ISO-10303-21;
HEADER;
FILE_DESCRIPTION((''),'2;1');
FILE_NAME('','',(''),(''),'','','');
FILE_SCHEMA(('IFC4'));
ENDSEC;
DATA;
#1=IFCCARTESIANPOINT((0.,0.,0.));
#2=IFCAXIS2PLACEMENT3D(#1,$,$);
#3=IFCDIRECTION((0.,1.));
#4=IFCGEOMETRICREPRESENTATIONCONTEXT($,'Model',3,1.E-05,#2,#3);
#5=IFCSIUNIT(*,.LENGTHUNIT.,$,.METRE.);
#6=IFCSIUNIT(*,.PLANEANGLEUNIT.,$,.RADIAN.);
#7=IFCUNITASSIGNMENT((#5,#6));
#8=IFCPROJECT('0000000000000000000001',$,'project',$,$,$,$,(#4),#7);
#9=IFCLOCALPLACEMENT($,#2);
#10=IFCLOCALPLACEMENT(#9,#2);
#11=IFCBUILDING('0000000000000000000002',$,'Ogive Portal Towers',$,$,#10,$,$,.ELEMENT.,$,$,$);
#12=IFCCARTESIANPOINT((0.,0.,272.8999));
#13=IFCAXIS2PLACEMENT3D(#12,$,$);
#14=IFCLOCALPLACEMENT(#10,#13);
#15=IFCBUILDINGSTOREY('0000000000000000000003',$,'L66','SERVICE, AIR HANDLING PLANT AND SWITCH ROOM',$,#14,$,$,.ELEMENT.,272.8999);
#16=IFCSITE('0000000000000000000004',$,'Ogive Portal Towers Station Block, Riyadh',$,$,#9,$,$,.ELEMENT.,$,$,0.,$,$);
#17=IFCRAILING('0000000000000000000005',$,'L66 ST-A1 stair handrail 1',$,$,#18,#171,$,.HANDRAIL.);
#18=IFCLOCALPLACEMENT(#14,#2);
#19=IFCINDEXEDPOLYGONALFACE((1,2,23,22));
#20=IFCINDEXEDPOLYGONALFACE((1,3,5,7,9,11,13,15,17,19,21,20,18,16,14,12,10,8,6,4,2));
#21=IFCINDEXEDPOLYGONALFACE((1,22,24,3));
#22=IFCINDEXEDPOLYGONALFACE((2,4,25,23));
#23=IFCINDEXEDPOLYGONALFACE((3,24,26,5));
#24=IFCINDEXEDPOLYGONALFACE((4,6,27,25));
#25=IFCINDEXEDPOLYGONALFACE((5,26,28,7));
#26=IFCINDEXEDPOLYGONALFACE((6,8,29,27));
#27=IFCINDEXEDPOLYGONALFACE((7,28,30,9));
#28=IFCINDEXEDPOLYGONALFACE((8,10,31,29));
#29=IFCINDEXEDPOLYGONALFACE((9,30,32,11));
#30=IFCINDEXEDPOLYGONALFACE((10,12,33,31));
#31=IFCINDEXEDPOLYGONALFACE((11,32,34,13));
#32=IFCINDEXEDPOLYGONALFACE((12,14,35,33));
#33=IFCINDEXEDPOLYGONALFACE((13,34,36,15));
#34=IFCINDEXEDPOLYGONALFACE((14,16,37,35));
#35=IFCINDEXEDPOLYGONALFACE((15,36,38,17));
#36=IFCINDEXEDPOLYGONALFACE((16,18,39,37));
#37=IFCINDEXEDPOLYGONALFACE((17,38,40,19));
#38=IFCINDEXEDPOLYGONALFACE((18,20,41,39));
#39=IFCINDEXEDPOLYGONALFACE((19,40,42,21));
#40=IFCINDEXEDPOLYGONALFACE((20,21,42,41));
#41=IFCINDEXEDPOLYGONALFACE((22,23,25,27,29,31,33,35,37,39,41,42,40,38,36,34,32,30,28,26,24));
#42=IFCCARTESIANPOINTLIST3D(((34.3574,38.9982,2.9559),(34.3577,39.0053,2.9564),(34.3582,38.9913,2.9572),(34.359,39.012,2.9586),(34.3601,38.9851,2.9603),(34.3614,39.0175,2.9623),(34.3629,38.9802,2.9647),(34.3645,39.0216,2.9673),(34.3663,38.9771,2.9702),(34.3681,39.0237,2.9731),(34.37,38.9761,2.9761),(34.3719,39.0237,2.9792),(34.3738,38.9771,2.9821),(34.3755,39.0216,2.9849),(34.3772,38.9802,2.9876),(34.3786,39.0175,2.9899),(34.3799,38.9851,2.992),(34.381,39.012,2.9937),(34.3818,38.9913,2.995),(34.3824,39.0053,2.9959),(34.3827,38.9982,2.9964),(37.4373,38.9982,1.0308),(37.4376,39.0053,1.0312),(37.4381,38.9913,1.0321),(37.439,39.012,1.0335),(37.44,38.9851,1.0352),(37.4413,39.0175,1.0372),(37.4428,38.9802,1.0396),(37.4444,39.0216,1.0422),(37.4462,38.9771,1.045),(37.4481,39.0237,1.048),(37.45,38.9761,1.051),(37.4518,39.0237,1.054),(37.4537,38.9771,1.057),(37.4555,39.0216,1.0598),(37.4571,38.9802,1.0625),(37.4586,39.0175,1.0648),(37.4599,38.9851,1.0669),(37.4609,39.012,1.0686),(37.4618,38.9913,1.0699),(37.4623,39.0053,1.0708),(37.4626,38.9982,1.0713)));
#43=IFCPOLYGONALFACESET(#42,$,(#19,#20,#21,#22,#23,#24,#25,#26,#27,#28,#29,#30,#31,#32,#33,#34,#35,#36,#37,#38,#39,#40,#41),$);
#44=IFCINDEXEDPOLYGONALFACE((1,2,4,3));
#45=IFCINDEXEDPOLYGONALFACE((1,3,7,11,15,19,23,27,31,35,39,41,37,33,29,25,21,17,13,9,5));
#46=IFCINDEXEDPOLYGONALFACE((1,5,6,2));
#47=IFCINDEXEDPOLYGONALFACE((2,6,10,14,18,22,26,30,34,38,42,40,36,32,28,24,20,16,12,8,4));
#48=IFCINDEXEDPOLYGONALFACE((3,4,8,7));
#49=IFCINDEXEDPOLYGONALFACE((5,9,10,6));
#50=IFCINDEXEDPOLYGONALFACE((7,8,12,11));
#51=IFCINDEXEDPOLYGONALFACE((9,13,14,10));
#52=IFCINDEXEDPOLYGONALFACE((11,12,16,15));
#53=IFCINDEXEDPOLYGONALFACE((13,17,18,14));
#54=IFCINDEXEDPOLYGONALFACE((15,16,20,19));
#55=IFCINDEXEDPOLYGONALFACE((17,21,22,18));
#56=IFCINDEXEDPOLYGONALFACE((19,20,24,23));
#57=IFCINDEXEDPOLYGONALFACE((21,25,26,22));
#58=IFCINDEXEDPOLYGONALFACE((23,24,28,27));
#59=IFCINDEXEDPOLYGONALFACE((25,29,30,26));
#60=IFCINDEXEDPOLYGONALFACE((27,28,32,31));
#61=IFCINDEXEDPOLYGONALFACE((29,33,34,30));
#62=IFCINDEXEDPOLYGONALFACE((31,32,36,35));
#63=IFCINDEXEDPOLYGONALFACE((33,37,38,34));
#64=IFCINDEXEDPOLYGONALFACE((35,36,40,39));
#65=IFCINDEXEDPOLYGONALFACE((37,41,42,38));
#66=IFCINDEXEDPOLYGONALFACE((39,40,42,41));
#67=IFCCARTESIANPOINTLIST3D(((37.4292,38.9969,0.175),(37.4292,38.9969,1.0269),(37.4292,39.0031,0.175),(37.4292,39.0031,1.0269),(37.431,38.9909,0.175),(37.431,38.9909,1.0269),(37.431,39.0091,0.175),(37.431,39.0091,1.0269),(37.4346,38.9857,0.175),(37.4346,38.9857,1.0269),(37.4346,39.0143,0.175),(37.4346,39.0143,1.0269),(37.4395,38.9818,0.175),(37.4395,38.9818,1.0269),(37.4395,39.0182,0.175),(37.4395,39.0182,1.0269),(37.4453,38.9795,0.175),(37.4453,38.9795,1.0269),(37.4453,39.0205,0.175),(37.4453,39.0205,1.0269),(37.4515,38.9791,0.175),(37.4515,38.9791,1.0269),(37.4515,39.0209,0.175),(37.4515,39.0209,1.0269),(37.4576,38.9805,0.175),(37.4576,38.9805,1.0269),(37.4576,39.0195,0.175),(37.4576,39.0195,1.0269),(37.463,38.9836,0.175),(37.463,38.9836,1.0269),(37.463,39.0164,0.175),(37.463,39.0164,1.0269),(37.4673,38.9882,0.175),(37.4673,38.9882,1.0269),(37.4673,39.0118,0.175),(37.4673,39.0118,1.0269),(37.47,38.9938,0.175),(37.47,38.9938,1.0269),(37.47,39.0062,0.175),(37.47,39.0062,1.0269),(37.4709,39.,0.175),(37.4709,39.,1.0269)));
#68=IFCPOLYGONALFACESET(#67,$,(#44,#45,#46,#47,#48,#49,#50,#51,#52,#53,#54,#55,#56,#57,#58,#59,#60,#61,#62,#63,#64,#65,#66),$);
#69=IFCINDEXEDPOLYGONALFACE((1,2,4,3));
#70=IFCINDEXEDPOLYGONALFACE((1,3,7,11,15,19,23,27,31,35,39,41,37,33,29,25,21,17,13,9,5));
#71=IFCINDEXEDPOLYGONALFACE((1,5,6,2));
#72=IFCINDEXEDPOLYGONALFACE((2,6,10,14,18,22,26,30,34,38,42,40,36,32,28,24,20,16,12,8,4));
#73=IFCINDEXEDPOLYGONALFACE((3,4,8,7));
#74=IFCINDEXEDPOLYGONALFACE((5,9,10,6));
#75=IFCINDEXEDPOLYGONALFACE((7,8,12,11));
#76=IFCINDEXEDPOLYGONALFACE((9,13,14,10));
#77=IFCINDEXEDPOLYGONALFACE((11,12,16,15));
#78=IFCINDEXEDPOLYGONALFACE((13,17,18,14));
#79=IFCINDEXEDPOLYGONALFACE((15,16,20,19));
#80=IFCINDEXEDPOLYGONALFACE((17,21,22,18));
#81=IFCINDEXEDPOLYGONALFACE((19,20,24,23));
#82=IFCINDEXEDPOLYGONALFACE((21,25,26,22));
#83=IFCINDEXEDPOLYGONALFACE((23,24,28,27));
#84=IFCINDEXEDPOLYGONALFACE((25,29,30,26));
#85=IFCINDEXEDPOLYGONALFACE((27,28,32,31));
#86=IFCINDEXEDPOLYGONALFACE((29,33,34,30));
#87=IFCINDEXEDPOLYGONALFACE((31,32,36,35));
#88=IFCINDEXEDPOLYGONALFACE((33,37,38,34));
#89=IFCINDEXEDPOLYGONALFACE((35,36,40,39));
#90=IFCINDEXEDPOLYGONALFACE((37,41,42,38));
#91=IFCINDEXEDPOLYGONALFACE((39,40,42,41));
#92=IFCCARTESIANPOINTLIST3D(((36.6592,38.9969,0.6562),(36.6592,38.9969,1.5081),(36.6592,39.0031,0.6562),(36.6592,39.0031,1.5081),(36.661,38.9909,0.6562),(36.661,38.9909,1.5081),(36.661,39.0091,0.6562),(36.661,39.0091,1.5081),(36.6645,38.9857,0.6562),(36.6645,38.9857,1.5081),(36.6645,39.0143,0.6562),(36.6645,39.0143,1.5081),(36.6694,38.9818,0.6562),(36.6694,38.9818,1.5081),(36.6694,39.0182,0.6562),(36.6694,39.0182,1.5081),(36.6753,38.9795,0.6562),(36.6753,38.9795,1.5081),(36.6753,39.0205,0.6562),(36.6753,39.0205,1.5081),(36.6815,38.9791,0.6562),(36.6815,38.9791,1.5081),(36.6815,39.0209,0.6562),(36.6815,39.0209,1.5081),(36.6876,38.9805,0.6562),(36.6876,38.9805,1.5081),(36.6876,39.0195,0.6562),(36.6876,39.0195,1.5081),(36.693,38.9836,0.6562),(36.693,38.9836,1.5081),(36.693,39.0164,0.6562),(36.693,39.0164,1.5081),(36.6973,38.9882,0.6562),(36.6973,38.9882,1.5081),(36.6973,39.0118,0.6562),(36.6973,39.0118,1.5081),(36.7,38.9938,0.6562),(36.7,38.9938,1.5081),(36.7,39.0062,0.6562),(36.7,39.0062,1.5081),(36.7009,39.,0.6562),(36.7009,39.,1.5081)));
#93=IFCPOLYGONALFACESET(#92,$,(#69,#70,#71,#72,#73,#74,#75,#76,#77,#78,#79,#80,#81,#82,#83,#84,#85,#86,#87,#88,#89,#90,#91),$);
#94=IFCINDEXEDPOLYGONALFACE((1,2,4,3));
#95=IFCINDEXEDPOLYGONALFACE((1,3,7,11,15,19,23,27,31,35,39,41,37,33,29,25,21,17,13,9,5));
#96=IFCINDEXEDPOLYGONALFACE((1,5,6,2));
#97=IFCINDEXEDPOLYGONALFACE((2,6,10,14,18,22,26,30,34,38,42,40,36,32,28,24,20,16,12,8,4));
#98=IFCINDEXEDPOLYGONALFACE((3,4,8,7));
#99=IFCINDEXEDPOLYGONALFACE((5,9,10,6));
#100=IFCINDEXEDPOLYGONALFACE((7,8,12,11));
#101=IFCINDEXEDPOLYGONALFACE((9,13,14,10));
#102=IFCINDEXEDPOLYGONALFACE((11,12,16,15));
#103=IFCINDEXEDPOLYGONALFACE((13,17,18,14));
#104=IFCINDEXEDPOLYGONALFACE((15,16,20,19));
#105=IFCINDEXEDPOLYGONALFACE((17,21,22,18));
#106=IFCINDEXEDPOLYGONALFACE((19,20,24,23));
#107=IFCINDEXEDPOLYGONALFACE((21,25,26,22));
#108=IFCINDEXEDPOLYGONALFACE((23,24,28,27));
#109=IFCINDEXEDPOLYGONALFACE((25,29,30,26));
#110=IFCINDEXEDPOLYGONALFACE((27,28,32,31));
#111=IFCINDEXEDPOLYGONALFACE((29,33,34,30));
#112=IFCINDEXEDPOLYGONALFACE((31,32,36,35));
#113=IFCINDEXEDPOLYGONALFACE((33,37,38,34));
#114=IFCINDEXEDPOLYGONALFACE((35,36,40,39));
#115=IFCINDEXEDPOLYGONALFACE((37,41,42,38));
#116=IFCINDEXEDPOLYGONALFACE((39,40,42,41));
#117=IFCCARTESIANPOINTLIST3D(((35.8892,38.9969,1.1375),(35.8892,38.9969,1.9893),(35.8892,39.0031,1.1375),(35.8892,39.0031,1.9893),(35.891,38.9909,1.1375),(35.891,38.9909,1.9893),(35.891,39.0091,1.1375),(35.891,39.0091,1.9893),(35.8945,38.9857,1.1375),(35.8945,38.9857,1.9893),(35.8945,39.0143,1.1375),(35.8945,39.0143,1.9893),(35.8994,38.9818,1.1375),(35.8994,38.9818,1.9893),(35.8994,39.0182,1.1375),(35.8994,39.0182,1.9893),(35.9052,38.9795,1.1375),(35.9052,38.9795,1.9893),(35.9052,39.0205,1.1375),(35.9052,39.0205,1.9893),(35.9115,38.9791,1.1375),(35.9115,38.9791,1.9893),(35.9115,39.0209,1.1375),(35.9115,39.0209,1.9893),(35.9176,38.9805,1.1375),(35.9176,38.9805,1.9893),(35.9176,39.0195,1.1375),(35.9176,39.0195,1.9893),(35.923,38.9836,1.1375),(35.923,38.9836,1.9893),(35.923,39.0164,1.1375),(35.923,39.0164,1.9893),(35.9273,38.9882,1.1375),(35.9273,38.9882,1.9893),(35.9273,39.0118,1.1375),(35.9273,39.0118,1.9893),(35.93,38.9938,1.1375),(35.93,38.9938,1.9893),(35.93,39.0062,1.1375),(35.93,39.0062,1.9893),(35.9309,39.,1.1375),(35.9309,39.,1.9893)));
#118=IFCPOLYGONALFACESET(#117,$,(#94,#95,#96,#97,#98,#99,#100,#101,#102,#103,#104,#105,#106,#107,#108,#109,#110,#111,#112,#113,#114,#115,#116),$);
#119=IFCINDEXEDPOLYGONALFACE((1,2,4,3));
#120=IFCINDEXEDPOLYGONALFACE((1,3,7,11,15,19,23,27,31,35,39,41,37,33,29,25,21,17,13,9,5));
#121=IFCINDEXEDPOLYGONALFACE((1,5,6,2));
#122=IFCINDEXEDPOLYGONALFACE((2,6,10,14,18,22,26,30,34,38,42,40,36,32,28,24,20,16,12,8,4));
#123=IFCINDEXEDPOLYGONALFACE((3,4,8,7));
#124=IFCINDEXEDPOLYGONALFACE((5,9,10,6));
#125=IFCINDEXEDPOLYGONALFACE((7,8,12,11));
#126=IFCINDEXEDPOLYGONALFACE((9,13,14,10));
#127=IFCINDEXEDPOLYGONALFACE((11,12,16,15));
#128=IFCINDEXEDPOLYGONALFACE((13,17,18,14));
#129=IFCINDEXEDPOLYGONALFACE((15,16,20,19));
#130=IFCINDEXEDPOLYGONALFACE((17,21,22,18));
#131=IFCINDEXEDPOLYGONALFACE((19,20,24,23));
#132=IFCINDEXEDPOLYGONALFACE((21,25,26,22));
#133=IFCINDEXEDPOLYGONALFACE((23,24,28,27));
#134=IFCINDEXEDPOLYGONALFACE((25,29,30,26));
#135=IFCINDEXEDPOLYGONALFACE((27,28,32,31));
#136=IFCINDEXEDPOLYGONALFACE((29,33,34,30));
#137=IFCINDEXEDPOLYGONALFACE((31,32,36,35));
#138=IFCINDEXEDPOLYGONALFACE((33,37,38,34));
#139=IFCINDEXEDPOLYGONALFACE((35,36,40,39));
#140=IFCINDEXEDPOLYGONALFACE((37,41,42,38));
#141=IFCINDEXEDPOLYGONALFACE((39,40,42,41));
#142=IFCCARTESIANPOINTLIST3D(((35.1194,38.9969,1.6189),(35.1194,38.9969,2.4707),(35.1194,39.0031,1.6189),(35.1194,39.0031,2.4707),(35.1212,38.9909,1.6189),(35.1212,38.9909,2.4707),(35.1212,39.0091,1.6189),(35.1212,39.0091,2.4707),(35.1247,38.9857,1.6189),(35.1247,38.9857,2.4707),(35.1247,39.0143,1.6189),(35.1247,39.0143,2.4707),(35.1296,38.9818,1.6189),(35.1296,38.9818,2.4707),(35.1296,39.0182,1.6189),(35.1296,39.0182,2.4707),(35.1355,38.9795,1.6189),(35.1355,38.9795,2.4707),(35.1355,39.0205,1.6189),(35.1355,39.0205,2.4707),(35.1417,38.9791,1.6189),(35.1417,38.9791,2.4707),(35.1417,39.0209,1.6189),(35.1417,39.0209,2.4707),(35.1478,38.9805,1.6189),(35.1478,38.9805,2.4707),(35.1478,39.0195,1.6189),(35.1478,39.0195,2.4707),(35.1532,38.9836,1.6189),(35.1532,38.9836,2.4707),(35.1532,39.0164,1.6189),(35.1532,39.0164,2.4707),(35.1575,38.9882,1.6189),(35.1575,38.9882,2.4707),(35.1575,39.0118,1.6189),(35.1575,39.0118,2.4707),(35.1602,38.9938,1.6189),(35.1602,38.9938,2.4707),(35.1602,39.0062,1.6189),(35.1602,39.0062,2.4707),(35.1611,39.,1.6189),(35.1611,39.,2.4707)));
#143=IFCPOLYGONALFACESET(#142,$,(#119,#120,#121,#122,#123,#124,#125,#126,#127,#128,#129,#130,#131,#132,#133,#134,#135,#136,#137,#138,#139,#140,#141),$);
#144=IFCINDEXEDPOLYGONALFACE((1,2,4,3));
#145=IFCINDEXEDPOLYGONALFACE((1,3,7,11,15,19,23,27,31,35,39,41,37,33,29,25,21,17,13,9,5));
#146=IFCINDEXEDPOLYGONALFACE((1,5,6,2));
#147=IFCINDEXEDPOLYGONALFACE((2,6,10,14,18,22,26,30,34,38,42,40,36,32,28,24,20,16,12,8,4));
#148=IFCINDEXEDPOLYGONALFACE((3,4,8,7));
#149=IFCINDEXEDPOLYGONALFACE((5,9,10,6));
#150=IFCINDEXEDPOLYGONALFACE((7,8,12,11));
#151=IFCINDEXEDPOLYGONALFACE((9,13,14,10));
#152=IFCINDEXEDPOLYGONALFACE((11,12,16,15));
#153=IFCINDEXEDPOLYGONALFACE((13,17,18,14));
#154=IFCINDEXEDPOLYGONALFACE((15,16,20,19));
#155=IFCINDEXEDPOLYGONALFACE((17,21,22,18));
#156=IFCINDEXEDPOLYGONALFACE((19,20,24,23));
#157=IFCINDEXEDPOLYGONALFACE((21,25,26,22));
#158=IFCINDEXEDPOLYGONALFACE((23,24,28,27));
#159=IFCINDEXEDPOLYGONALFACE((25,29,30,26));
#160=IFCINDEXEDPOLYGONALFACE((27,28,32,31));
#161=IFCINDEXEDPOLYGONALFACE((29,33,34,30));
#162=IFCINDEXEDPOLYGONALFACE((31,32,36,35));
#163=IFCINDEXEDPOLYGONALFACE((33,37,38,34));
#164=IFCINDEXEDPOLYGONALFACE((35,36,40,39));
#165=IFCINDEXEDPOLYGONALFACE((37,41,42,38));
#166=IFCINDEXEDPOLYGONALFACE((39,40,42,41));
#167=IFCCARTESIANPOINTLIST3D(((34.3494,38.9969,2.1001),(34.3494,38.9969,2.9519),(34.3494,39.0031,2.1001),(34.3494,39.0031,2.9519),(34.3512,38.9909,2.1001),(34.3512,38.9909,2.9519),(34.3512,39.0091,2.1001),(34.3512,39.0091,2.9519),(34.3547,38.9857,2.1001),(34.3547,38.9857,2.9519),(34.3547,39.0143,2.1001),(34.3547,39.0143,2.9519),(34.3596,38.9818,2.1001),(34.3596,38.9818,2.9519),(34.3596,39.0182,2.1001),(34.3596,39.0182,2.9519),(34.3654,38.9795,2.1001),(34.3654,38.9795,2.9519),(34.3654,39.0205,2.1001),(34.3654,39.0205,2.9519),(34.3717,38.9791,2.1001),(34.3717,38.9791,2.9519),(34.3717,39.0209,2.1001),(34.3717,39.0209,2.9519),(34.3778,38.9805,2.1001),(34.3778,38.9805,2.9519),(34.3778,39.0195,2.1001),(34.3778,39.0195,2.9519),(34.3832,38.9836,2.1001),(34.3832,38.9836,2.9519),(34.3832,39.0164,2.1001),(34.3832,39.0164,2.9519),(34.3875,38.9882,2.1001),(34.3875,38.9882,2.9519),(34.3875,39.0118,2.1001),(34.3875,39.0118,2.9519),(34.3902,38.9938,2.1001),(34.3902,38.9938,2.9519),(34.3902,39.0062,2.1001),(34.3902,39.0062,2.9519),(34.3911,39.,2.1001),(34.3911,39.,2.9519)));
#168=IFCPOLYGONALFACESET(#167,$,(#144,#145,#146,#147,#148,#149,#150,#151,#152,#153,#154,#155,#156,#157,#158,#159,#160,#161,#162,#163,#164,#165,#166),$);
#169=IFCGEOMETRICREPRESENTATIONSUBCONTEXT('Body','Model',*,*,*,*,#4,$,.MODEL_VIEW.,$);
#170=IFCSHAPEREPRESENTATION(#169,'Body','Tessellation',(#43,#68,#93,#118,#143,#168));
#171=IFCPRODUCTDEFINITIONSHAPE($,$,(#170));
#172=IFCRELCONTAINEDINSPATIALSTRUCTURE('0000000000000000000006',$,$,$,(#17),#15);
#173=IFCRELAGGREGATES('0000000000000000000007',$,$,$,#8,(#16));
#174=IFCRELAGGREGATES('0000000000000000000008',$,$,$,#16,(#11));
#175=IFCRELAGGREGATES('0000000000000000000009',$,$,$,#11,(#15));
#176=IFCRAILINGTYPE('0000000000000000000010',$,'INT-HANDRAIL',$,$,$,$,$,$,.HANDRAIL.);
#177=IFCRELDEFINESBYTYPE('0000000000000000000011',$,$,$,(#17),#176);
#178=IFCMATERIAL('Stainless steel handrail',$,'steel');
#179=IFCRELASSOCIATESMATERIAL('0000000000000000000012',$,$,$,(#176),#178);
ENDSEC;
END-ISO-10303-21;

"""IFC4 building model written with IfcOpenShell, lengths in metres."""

from ifc_helpers import new_model, si_unit, direction, frame, origin, origin_2d, place, context, subcontext, project, spatial, circle, extrude, material, type_object, element, save


model = new_model("IFC4")

# Units and contexts
model_context = context("Model", 3, precision=1e-05, world=origin(), true_north=direction((0.0, 1.0)))
body_context = subcontext(model_context, "Body", "Model", "MODEL_VIEW")
ifc_project = project(units=[si_unit("LENGTHUNIT", "METRE"), si_unit("PLANEANGLEUNIT", "RADIAN")], contexts=[model_context])

# Site, building, storey
site_placement = place(None, origin())
site = spatial("IfcSite", under=ifc_project, at=site_placement, Name="Ogive Portal Towers Station Block, Riyadh", CompositionType="ELEMENT", RefElevation=0.0)
building_placement = place(site_placement, origin())
building = spatial("IfcBuilding", under=site, at=building_placement, Name="Ogive Portal Towers", CompositionType="ELEMENT")
storey_placement = place(building_placement, frame((0.0, 0.0, 272.8999)))
storey = spatial("IfcBuildingStorey", under=building, at=storey_placement, Name="L66", Description="SERVICE, AIR HANDLING PLANT AND SWITCH ROOM", CompositionType="ELEMENT", Elevation=272.8999)

# Railing
ifc_material_1 = material(Name="Stainless steel handrail", Category="steel")
railing_type_1 = type_object("IfcRailingType", Name="INT-HANDRAIL", PredefinedType="HANDRAIL", material=ifc_material_1)
railing_1_placement = place(storey_placement, frame((37.45, 39.0, 0.175)))
element("IfcRailing", 1, at=railing_1_placement, inside=storey, type_object=railing_type_1, Name="L66 ST-A1 stair handrail 1", PredefinedType="HANDRAIL", context=body_context, shape_type="SweptSolid", body=[
    extrude(circle(Radius=0.0239, at=origin_2d()), frame((0.0, 0.0, 0.876), z_axis=(-0.847979, 0.0, 0.530029), x_axis=(0.0, -1.0, 0.0)), (0.0, 0.0, 1.0), 3.6321),
    extrude(circle(Radius=0.021, at=origin_2d()), origin(), (0.0, 0.0, 1.0), 0.8518),
    extrude(circle(Radius=0.021, at=origin_2d()), frame((-0.77, 0.0, 0.4812)), (0.0, 0.0, 1.0), 0.8518),
    extrude(circle(Radius=0.021, at=origin_2d()), frame((-1.54, 0.0, 0.9624)), (0.0, 0.0, 1.0), 0.8518),
    extrude(circle(Radius=0.021, at=origin_2d()), frame((-2.3098, 0.0, 1.4438)), (0.0, 0.0, 1.0), 0.8518),
    extrude(circle(Radius=0.021, at=origin_2d()), frame((-3.0798, 0.0, 1.925)), (0.0, 0.0, 1.0), 0.8518),
])

save(model, "model.ifc")
